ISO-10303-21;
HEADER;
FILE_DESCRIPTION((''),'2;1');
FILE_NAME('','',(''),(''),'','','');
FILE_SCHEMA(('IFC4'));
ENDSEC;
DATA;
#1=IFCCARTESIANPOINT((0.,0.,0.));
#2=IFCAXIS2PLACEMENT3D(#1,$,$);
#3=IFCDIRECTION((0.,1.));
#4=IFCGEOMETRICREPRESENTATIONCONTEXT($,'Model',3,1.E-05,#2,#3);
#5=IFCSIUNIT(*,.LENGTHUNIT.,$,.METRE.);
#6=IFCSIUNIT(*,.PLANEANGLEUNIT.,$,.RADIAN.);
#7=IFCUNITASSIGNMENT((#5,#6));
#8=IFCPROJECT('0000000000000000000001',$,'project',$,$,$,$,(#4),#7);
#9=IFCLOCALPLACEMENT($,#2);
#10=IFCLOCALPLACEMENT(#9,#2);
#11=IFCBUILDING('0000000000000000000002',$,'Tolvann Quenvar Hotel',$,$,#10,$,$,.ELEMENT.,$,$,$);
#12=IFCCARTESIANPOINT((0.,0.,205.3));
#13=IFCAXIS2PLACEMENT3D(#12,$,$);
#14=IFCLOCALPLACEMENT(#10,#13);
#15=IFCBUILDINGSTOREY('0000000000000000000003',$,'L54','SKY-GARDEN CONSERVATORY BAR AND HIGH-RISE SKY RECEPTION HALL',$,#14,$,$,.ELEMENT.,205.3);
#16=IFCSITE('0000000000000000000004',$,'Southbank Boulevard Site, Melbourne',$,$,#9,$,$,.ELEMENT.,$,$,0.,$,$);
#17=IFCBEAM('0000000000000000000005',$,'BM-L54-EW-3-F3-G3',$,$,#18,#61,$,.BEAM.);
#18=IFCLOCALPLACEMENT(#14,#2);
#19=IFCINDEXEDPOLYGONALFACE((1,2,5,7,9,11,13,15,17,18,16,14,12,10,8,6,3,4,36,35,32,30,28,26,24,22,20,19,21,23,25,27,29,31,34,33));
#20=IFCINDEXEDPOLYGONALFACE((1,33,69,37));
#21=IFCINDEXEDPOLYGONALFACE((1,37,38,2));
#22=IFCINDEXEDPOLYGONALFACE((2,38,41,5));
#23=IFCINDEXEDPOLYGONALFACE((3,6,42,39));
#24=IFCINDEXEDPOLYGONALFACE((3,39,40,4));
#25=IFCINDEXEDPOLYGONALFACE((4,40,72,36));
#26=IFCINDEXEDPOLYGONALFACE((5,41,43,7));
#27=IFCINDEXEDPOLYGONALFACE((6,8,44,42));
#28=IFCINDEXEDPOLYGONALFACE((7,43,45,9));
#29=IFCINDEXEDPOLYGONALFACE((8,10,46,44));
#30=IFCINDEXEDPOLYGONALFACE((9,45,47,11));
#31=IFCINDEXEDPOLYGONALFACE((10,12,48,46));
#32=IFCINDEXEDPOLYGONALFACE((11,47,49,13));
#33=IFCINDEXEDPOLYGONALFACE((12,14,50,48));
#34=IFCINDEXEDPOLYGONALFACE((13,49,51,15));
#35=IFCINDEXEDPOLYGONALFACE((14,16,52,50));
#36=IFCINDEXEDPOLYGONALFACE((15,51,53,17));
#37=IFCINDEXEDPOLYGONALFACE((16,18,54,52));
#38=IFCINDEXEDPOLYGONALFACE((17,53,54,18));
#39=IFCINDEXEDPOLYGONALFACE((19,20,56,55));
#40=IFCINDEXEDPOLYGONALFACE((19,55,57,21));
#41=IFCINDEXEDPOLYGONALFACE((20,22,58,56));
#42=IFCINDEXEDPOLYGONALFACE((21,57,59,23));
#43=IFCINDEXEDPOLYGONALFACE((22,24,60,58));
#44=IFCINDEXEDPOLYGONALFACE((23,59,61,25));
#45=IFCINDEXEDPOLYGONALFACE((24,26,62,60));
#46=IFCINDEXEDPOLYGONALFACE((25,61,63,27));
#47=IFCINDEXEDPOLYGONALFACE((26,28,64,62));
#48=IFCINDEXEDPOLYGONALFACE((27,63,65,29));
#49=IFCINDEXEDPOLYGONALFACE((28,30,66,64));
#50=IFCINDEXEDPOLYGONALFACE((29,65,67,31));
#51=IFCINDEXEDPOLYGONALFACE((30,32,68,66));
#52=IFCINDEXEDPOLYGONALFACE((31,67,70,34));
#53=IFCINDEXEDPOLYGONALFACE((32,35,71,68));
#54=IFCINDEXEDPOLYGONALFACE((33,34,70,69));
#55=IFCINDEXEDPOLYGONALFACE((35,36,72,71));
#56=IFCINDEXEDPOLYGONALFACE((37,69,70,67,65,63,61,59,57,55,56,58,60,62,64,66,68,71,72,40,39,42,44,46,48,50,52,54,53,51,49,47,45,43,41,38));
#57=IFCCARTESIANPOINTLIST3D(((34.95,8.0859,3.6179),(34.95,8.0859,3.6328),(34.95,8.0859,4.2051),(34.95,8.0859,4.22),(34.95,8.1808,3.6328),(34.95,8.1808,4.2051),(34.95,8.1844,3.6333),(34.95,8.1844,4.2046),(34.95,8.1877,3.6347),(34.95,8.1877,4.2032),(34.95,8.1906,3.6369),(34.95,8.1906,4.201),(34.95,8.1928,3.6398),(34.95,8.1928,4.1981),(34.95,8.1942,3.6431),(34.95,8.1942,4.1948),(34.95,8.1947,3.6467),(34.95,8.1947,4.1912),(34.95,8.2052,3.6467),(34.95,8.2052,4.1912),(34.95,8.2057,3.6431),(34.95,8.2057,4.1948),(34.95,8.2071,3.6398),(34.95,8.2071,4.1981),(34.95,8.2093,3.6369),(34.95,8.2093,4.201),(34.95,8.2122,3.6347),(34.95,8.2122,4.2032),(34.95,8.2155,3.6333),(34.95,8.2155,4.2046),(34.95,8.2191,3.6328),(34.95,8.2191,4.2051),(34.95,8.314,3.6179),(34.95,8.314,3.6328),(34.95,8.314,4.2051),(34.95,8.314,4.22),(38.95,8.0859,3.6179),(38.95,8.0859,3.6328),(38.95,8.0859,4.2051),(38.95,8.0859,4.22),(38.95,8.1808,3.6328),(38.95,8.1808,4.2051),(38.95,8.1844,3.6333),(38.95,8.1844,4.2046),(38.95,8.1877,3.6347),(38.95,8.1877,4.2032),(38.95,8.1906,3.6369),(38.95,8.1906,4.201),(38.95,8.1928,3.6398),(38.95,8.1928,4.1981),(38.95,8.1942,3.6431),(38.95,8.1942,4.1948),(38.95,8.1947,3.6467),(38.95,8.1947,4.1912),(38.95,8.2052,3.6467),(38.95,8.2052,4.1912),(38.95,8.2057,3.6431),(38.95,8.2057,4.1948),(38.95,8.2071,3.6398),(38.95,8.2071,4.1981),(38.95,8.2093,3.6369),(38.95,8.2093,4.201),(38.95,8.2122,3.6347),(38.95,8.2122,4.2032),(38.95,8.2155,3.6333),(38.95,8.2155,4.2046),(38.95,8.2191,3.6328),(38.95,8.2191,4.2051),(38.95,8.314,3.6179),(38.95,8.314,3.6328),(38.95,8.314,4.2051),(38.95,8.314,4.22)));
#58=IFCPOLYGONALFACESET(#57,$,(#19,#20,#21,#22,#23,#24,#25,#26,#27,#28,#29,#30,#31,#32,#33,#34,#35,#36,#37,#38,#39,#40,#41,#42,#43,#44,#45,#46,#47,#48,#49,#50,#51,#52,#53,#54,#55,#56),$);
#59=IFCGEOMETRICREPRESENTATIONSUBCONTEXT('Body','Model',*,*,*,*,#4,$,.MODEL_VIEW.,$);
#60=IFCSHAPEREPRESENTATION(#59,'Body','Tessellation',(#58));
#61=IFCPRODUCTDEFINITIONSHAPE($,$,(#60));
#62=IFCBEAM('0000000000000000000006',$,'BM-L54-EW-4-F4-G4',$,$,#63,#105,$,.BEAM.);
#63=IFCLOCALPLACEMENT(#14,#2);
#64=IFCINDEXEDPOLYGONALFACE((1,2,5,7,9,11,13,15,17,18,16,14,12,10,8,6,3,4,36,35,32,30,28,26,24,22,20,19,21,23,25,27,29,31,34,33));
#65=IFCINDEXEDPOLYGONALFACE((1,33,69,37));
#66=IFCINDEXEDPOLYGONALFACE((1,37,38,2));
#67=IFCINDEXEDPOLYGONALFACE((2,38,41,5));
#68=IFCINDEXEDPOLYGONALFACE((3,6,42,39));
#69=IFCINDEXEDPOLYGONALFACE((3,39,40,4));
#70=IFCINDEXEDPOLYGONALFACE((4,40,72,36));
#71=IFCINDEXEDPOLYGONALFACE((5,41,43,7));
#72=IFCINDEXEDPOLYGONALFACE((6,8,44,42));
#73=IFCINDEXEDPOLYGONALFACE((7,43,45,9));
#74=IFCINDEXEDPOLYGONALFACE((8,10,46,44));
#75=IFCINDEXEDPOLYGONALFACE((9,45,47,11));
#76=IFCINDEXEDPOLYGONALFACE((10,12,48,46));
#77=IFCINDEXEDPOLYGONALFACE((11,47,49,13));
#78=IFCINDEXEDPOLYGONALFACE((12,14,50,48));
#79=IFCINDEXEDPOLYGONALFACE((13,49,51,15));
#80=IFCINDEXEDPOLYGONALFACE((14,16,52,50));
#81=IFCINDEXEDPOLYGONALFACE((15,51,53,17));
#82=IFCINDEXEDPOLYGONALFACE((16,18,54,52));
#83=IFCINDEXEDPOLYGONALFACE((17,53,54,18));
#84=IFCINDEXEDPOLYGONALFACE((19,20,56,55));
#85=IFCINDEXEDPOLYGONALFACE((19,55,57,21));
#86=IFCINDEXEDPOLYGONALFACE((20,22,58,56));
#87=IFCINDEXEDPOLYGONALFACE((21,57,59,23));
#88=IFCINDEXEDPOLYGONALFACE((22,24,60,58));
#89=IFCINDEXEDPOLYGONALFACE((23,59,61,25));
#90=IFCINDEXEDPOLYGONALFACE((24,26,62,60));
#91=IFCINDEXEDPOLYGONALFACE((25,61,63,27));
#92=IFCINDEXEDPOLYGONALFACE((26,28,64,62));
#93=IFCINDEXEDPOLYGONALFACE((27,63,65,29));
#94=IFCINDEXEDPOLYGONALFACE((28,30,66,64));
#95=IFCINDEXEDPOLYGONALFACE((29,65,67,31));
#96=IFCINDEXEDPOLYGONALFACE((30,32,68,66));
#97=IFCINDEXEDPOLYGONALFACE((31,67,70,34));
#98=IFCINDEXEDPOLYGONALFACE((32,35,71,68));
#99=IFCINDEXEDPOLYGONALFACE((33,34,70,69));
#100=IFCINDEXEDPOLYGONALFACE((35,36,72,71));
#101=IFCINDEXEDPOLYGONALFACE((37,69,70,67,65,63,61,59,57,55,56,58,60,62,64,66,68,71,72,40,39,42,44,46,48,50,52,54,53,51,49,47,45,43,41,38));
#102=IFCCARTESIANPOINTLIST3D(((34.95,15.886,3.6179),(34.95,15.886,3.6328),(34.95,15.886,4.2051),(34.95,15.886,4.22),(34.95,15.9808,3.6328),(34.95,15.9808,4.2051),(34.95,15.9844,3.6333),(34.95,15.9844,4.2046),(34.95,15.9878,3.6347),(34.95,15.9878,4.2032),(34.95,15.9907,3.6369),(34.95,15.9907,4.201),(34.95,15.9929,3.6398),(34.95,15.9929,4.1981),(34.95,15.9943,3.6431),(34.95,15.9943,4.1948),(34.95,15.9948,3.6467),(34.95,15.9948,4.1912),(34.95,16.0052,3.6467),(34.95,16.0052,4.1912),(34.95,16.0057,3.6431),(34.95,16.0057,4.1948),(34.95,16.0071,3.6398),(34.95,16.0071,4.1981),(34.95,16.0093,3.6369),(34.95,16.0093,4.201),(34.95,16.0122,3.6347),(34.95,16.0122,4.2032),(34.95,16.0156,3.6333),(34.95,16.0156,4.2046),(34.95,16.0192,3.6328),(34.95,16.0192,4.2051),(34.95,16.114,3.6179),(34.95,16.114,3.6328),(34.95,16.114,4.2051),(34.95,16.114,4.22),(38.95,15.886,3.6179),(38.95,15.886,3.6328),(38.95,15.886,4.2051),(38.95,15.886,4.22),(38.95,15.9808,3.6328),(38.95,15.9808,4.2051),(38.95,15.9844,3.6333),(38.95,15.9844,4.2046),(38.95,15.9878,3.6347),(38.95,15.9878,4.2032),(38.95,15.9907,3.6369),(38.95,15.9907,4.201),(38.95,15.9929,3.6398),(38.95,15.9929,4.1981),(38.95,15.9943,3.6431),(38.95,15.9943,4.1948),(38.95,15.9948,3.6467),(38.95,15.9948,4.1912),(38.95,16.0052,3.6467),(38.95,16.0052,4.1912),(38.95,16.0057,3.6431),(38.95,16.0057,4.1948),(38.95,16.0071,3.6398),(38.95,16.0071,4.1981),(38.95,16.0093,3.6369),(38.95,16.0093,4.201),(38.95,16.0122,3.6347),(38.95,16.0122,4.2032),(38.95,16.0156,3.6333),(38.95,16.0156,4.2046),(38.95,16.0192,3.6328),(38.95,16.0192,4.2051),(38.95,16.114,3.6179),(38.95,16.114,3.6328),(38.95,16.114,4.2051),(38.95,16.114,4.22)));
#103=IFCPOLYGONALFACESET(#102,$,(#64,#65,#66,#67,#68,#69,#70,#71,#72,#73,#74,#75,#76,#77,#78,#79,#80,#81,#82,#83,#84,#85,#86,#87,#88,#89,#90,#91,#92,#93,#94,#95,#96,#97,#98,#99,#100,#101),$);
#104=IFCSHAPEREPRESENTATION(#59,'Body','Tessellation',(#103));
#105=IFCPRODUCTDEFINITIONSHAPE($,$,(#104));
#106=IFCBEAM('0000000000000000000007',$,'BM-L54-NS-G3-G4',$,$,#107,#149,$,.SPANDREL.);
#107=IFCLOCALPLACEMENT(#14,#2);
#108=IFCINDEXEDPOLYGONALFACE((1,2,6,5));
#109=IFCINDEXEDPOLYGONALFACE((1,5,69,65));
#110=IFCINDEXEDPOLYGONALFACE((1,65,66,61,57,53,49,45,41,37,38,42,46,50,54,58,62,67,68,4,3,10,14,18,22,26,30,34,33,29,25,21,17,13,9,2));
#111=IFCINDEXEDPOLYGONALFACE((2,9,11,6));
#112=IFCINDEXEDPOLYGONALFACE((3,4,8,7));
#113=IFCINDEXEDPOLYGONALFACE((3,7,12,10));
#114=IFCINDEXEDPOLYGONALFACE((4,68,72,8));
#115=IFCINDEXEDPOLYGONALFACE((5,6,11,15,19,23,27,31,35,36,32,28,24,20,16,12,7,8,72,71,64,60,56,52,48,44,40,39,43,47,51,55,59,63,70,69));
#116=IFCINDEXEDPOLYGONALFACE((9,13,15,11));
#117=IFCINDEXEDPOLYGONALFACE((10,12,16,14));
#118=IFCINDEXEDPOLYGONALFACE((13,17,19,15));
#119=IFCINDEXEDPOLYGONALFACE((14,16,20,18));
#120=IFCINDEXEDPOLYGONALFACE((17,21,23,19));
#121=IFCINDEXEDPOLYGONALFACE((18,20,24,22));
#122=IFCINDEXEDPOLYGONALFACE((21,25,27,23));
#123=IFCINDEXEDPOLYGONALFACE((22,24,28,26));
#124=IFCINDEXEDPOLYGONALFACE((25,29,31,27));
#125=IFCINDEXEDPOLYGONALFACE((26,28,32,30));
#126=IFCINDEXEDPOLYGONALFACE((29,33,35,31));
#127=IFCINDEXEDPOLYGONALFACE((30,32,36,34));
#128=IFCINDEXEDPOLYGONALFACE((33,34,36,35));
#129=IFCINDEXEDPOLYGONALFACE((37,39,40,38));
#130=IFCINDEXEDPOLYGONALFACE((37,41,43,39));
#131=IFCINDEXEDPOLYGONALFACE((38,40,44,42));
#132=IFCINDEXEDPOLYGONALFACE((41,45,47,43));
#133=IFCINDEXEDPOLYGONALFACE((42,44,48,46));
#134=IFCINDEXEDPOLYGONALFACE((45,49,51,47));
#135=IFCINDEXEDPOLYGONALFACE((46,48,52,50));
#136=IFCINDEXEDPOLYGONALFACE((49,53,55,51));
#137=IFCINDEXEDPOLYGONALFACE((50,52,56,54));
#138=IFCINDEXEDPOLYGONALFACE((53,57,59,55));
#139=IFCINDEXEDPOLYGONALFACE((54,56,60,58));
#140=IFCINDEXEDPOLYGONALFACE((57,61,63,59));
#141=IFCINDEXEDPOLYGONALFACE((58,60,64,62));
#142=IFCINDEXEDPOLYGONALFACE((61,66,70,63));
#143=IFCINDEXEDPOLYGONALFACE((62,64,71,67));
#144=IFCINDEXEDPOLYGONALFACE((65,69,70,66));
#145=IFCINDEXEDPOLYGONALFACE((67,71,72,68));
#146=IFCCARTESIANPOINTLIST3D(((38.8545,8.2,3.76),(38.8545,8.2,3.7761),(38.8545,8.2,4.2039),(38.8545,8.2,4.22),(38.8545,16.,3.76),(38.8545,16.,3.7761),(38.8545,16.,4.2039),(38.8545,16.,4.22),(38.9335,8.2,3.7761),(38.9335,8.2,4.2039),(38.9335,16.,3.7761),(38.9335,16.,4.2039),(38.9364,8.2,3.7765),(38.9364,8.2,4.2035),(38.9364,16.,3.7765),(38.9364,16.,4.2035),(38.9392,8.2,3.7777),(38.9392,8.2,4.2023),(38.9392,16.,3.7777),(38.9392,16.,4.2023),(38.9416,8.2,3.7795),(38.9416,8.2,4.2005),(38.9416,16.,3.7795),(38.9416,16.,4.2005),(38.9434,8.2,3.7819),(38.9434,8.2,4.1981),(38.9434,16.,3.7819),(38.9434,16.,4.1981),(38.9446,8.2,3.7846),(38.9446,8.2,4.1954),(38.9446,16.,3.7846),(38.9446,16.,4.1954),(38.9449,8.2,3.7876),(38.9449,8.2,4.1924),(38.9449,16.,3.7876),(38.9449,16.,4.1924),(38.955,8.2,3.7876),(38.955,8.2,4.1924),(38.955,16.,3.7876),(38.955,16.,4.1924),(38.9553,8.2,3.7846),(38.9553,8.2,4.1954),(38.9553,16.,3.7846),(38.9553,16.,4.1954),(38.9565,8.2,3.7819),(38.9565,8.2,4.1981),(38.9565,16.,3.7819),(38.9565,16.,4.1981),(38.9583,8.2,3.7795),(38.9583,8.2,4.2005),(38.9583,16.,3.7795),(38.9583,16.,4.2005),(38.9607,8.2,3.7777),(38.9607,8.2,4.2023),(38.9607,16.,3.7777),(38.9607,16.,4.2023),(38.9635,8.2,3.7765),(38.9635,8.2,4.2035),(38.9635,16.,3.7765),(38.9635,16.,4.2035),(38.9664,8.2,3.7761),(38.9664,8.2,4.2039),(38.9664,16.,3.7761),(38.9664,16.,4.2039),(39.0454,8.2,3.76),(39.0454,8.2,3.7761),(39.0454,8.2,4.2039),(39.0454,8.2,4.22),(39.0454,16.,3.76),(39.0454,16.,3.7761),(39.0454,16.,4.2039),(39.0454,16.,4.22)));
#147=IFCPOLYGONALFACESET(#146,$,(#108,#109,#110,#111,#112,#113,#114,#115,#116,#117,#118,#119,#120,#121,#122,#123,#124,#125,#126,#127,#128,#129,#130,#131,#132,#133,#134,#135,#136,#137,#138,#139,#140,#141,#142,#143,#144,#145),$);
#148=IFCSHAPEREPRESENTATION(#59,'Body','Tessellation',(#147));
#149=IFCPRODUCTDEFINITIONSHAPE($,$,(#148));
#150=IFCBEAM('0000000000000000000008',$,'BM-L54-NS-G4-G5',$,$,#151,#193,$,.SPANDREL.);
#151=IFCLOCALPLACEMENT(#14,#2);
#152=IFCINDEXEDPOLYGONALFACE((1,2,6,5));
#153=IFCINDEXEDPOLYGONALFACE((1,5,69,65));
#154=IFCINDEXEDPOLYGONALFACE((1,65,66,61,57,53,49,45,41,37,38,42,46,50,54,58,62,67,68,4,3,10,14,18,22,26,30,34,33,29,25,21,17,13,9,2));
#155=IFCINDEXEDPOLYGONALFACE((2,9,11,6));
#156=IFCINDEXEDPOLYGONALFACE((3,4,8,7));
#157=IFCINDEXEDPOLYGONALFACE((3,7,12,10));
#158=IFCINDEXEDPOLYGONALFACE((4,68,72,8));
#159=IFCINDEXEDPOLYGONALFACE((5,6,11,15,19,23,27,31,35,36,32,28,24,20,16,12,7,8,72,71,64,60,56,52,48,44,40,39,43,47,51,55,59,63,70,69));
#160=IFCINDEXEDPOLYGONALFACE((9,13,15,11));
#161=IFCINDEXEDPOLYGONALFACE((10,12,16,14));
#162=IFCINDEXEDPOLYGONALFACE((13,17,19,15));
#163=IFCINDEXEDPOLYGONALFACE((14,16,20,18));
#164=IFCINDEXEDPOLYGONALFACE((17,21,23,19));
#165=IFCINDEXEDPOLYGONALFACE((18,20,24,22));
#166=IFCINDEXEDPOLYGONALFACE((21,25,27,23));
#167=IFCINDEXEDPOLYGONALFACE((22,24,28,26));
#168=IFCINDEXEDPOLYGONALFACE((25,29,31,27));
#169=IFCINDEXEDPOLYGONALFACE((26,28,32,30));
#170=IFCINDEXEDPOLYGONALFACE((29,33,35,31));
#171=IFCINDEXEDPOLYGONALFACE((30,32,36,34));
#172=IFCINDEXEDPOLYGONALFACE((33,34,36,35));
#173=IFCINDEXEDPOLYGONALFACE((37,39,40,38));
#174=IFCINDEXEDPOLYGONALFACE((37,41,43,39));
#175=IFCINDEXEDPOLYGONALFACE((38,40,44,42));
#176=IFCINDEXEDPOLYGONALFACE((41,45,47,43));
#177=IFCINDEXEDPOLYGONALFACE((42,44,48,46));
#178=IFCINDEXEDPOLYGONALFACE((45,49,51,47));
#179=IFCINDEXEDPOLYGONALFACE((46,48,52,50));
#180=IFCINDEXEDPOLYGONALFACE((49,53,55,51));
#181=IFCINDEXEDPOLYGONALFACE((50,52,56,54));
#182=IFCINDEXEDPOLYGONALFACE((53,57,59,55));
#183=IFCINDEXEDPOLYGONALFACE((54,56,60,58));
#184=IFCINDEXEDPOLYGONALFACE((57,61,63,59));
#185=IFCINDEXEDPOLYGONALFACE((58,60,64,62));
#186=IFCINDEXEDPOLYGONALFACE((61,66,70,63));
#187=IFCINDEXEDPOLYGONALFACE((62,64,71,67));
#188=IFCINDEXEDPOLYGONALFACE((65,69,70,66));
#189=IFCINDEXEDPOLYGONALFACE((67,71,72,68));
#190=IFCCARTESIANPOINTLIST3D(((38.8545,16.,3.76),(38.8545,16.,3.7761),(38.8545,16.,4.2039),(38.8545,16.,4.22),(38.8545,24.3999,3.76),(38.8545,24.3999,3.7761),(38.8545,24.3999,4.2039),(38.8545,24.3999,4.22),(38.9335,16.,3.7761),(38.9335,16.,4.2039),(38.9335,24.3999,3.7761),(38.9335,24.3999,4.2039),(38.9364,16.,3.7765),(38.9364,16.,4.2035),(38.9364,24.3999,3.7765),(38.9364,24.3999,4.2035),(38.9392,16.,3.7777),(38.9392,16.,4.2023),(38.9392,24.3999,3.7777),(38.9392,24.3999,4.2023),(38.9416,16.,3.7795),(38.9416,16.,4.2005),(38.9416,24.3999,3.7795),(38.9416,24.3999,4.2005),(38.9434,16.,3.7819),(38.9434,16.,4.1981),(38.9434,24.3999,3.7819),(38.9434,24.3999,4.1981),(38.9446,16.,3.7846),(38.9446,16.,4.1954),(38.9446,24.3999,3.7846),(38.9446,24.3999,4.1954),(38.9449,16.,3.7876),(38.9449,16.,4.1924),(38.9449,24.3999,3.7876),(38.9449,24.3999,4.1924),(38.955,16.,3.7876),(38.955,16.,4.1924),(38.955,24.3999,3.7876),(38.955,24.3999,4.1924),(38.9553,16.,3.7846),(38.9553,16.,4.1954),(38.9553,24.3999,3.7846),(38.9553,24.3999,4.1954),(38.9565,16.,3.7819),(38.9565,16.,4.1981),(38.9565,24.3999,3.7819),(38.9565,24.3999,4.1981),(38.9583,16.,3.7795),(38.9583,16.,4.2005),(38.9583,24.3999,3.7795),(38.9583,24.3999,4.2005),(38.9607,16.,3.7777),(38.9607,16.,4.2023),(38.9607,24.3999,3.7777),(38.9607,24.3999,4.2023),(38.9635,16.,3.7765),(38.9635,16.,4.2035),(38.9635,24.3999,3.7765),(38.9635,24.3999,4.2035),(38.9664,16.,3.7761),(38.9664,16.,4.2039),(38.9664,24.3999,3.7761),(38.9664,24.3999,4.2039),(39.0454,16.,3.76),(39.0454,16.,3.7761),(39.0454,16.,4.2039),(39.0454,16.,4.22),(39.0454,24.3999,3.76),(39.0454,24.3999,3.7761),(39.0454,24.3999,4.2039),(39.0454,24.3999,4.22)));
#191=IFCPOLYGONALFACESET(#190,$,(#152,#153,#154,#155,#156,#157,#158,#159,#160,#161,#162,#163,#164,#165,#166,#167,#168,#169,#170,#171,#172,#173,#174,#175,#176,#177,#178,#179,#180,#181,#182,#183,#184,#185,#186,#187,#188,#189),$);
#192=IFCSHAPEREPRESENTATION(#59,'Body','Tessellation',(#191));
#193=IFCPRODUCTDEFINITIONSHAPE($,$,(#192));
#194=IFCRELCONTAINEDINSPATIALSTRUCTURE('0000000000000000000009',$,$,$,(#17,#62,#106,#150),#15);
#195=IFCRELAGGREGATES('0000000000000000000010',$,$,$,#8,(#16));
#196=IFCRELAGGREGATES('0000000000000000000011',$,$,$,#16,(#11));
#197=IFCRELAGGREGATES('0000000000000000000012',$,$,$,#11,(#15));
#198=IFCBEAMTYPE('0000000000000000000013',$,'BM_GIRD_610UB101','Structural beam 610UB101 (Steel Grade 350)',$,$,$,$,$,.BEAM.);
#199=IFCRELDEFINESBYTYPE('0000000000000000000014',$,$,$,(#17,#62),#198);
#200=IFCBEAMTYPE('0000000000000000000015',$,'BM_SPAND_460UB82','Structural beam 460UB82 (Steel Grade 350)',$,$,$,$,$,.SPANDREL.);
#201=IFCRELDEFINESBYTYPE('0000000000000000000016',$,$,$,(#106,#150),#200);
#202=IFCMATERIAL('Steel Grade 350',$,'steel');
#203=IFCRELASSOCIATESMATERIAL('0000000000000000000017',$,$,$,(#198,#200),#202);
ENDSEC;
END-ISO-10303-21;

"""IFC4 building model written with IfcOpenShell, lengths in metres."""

from ifc_helpers import new_model, si_unit, direction, frame, origin, origin_2d, place, context, subcontext, project, spatial, i_section, extrude, source, transform, mapped, material, material_profile, profile_set, type_object, element, save


model = new_model("IFC4")

# Units and contexts
model_context = context("Model", 3, precision=1e-05, world=origin(), true_north=direction((0.0, 1.0)))
body_context = subcontext(model_context, "Body", "Model", "MODEL_VIEW")
ifc_project = project(units=[si_unit("LENGTHUNIT", "METRE"), si_unit("PLANEANGLEUNIT", "RADIAN")], contexts=[model_context])

# Site, building, storey
site_placement = place(None, origin())
site = spatial("IfcSite", under=ifc_project, at=site_placement, Name="Southbank Boulevard Site, Melbourne", CompositionType="ELEMENT", RefElevation=0.0)
building_placement = place(site_placement, origin())
building = spatial("IfcBuilding", under=site, at=building_placement, Name="Tolvann Quenvar Hotel", CompositionType="ELEMENT")
storey_placement = place(building_placement, frame((0.0, 0.0, 205.3)))
storey = spatial("IfcBuildingStorey", under=building, at=storey_placement, Name="L54", Description="SKY-GARDEN CONSERVATORY BAR AND HIGH-RISE SKY RECEPTION HALL", CompositionType="ELEMENT", Elevation=205.3)

# Shared definitions
ifc_material_1 = material(Name="Steel Grade 350", Category="steel")

# Beams
ifc_material_profile_1 = material_profile(ifc_material_1, i_section(OverallWidth=0.228, OverallDepth=0.6021, WebThickness=0.0105, FlangeThickness=0.0149, FilletRadius=0.0139, at=origin_2d()), Name="610UB101")
ifc_profile_set_1 = profile_set([ifc_material_profile_1], Name="Steel Grade 350")
beam_type_1 = type_object("IfcBeamType", Name="BM_GIRD_610UB101", Description="Structural beam 610UB101 (Steel Grade 350)", PredefinedType="BEAM", material=ifc_profile_set_1)
ifc_material_profile_2 = material_profile(ifc_material_1, i_section(OverallWidth=0.1909, OverallDepth=0.46, WebThickness=0.01, FlangeThickness=0.0161, FilletRadius=0.0115, at=origin_2d()), Name="460UB82")
ifc_profile_set_2 = profile_set([ifc_material_profile_2], Name="Steel Grade 350")
beam_type_2 = type_object("IfcBeamType", Name="BM_SPAND_460UB82", Description="Structural beam 460UB82 (Steel Grade 350)", PredefinedType="SPANDREL", material=ifc_profile_set_2)
shared_shape_1 = source(origin(), body_context, "Body", "SweptSolid", [
    extrude(i_section(OverallWidth=0.228, OverallDepth=0.6021, WebThickness=0.0105, FlangeThickness=0.0149, FilletRadius=0.0139, at=origin_2d()), origin(), (0.0, 0.0, 1.0), 4.0),
])
for number, where, z_axis, x_axis, name in (
    (1, (34.95, 8.2, 3.9189), (1.0, 0.0, 0.0), (0.0, 1.0, 0.0), "BM-L54-EW-3-F3-G3"),
    (2, (34.95, 16.0, 3.9189), (1.0, 0.0, 0.0), (0.0, 1.0, 0.0), "BM-L54-EW-4-F4-G4"),
):
    element("IfcBeam", number, at=place(storey_placement, frame(where, z_axis=z_axis, x_axis=x_axis)), inside=storey, type_object=beam_type_1, Name=name, PredefinedType="BEAM", context=body_context, shape_type="MappedRepresentation", body=[
        mapped(shared_shape_1, transform((0.0, 0.0, 0.0), x_axis=(1.0, 0.0, 0.0), y_axis=(0.0, 1.0, 0.0), z_axis=(0.0, 0.0, 1.0), scale=1.0)),
    ])
shared_shape_2 = source(origin(), body_context, "Body", "SweptSolid", [
    extrude(i_section(OverallWidth=0.1909, OverallDepth=0.46, WebThickness=0.01, FlangeThickness=0.0161, FilletRadius=0.0115, at=origin_2d()), origin(), (0.0, 0.0, 1.0), 7.8),
])
beam_1_placement = place(storey_placement, frame((38.95, 8.2, 3.99), z_axis=(0.0, 1.0, 0.0), x_axis=(-1.0, 0.0, 0.0)))
element("IfcBeam", 3, at=beam_1_placement, inside=storey, type_object=beam_type_2, Name="BM-L54-NS-G3-G4", PredefinedType="SPANDREL", context=body_context, shape_type="MappedRepresentation", body=[
    mapped(shared_shape_2, transform((0.0, 0.0, 0.0), x_axis=(1.0, 0.0, 0.0), y_axis=(0.0, 1.0, 0.0), z_axis=(0.0, 0.0, 1.0), scale=1.0)),
])
shared_shape_3 = source(origin(), body_context, "Body", "SweptSolid", [
    extrude(i_section(OverallWidth=0.1909, OverallDepth=0.46, WebThickness=0.01, FlangeThickness=0.0161, FilletRadius=0.0115, at=origin_2d()), origin(), (0.0, 0.0, 1.0), 8.3999),
])
beam_2_placement = place(storey_placement, frame((38.95, 16.0, 3.99), z_axis=(0.0, 1.0, 0.0), x_axis=(-1.0, 0.0, 0.0)))
element("IfcBeam", 4, at=beam_2_placement, inside=storey, type_object=beam_type_2, Name="BM-L54-NS-G4-G5", PredefinedType="SPANDREL", context=body_context, shape_type="MappedRepresentation", body=[
    mapped(shared_shape_3, transform((0.0, 0.0, 0.0), x_axis=(1.0, 0.0, 0.0), y_axis=(0.0, 1.0, 0.0), z_axis=(0.0, 0.0, 1.0), scale=1.0)),
])

save(model, "model.ifc")
